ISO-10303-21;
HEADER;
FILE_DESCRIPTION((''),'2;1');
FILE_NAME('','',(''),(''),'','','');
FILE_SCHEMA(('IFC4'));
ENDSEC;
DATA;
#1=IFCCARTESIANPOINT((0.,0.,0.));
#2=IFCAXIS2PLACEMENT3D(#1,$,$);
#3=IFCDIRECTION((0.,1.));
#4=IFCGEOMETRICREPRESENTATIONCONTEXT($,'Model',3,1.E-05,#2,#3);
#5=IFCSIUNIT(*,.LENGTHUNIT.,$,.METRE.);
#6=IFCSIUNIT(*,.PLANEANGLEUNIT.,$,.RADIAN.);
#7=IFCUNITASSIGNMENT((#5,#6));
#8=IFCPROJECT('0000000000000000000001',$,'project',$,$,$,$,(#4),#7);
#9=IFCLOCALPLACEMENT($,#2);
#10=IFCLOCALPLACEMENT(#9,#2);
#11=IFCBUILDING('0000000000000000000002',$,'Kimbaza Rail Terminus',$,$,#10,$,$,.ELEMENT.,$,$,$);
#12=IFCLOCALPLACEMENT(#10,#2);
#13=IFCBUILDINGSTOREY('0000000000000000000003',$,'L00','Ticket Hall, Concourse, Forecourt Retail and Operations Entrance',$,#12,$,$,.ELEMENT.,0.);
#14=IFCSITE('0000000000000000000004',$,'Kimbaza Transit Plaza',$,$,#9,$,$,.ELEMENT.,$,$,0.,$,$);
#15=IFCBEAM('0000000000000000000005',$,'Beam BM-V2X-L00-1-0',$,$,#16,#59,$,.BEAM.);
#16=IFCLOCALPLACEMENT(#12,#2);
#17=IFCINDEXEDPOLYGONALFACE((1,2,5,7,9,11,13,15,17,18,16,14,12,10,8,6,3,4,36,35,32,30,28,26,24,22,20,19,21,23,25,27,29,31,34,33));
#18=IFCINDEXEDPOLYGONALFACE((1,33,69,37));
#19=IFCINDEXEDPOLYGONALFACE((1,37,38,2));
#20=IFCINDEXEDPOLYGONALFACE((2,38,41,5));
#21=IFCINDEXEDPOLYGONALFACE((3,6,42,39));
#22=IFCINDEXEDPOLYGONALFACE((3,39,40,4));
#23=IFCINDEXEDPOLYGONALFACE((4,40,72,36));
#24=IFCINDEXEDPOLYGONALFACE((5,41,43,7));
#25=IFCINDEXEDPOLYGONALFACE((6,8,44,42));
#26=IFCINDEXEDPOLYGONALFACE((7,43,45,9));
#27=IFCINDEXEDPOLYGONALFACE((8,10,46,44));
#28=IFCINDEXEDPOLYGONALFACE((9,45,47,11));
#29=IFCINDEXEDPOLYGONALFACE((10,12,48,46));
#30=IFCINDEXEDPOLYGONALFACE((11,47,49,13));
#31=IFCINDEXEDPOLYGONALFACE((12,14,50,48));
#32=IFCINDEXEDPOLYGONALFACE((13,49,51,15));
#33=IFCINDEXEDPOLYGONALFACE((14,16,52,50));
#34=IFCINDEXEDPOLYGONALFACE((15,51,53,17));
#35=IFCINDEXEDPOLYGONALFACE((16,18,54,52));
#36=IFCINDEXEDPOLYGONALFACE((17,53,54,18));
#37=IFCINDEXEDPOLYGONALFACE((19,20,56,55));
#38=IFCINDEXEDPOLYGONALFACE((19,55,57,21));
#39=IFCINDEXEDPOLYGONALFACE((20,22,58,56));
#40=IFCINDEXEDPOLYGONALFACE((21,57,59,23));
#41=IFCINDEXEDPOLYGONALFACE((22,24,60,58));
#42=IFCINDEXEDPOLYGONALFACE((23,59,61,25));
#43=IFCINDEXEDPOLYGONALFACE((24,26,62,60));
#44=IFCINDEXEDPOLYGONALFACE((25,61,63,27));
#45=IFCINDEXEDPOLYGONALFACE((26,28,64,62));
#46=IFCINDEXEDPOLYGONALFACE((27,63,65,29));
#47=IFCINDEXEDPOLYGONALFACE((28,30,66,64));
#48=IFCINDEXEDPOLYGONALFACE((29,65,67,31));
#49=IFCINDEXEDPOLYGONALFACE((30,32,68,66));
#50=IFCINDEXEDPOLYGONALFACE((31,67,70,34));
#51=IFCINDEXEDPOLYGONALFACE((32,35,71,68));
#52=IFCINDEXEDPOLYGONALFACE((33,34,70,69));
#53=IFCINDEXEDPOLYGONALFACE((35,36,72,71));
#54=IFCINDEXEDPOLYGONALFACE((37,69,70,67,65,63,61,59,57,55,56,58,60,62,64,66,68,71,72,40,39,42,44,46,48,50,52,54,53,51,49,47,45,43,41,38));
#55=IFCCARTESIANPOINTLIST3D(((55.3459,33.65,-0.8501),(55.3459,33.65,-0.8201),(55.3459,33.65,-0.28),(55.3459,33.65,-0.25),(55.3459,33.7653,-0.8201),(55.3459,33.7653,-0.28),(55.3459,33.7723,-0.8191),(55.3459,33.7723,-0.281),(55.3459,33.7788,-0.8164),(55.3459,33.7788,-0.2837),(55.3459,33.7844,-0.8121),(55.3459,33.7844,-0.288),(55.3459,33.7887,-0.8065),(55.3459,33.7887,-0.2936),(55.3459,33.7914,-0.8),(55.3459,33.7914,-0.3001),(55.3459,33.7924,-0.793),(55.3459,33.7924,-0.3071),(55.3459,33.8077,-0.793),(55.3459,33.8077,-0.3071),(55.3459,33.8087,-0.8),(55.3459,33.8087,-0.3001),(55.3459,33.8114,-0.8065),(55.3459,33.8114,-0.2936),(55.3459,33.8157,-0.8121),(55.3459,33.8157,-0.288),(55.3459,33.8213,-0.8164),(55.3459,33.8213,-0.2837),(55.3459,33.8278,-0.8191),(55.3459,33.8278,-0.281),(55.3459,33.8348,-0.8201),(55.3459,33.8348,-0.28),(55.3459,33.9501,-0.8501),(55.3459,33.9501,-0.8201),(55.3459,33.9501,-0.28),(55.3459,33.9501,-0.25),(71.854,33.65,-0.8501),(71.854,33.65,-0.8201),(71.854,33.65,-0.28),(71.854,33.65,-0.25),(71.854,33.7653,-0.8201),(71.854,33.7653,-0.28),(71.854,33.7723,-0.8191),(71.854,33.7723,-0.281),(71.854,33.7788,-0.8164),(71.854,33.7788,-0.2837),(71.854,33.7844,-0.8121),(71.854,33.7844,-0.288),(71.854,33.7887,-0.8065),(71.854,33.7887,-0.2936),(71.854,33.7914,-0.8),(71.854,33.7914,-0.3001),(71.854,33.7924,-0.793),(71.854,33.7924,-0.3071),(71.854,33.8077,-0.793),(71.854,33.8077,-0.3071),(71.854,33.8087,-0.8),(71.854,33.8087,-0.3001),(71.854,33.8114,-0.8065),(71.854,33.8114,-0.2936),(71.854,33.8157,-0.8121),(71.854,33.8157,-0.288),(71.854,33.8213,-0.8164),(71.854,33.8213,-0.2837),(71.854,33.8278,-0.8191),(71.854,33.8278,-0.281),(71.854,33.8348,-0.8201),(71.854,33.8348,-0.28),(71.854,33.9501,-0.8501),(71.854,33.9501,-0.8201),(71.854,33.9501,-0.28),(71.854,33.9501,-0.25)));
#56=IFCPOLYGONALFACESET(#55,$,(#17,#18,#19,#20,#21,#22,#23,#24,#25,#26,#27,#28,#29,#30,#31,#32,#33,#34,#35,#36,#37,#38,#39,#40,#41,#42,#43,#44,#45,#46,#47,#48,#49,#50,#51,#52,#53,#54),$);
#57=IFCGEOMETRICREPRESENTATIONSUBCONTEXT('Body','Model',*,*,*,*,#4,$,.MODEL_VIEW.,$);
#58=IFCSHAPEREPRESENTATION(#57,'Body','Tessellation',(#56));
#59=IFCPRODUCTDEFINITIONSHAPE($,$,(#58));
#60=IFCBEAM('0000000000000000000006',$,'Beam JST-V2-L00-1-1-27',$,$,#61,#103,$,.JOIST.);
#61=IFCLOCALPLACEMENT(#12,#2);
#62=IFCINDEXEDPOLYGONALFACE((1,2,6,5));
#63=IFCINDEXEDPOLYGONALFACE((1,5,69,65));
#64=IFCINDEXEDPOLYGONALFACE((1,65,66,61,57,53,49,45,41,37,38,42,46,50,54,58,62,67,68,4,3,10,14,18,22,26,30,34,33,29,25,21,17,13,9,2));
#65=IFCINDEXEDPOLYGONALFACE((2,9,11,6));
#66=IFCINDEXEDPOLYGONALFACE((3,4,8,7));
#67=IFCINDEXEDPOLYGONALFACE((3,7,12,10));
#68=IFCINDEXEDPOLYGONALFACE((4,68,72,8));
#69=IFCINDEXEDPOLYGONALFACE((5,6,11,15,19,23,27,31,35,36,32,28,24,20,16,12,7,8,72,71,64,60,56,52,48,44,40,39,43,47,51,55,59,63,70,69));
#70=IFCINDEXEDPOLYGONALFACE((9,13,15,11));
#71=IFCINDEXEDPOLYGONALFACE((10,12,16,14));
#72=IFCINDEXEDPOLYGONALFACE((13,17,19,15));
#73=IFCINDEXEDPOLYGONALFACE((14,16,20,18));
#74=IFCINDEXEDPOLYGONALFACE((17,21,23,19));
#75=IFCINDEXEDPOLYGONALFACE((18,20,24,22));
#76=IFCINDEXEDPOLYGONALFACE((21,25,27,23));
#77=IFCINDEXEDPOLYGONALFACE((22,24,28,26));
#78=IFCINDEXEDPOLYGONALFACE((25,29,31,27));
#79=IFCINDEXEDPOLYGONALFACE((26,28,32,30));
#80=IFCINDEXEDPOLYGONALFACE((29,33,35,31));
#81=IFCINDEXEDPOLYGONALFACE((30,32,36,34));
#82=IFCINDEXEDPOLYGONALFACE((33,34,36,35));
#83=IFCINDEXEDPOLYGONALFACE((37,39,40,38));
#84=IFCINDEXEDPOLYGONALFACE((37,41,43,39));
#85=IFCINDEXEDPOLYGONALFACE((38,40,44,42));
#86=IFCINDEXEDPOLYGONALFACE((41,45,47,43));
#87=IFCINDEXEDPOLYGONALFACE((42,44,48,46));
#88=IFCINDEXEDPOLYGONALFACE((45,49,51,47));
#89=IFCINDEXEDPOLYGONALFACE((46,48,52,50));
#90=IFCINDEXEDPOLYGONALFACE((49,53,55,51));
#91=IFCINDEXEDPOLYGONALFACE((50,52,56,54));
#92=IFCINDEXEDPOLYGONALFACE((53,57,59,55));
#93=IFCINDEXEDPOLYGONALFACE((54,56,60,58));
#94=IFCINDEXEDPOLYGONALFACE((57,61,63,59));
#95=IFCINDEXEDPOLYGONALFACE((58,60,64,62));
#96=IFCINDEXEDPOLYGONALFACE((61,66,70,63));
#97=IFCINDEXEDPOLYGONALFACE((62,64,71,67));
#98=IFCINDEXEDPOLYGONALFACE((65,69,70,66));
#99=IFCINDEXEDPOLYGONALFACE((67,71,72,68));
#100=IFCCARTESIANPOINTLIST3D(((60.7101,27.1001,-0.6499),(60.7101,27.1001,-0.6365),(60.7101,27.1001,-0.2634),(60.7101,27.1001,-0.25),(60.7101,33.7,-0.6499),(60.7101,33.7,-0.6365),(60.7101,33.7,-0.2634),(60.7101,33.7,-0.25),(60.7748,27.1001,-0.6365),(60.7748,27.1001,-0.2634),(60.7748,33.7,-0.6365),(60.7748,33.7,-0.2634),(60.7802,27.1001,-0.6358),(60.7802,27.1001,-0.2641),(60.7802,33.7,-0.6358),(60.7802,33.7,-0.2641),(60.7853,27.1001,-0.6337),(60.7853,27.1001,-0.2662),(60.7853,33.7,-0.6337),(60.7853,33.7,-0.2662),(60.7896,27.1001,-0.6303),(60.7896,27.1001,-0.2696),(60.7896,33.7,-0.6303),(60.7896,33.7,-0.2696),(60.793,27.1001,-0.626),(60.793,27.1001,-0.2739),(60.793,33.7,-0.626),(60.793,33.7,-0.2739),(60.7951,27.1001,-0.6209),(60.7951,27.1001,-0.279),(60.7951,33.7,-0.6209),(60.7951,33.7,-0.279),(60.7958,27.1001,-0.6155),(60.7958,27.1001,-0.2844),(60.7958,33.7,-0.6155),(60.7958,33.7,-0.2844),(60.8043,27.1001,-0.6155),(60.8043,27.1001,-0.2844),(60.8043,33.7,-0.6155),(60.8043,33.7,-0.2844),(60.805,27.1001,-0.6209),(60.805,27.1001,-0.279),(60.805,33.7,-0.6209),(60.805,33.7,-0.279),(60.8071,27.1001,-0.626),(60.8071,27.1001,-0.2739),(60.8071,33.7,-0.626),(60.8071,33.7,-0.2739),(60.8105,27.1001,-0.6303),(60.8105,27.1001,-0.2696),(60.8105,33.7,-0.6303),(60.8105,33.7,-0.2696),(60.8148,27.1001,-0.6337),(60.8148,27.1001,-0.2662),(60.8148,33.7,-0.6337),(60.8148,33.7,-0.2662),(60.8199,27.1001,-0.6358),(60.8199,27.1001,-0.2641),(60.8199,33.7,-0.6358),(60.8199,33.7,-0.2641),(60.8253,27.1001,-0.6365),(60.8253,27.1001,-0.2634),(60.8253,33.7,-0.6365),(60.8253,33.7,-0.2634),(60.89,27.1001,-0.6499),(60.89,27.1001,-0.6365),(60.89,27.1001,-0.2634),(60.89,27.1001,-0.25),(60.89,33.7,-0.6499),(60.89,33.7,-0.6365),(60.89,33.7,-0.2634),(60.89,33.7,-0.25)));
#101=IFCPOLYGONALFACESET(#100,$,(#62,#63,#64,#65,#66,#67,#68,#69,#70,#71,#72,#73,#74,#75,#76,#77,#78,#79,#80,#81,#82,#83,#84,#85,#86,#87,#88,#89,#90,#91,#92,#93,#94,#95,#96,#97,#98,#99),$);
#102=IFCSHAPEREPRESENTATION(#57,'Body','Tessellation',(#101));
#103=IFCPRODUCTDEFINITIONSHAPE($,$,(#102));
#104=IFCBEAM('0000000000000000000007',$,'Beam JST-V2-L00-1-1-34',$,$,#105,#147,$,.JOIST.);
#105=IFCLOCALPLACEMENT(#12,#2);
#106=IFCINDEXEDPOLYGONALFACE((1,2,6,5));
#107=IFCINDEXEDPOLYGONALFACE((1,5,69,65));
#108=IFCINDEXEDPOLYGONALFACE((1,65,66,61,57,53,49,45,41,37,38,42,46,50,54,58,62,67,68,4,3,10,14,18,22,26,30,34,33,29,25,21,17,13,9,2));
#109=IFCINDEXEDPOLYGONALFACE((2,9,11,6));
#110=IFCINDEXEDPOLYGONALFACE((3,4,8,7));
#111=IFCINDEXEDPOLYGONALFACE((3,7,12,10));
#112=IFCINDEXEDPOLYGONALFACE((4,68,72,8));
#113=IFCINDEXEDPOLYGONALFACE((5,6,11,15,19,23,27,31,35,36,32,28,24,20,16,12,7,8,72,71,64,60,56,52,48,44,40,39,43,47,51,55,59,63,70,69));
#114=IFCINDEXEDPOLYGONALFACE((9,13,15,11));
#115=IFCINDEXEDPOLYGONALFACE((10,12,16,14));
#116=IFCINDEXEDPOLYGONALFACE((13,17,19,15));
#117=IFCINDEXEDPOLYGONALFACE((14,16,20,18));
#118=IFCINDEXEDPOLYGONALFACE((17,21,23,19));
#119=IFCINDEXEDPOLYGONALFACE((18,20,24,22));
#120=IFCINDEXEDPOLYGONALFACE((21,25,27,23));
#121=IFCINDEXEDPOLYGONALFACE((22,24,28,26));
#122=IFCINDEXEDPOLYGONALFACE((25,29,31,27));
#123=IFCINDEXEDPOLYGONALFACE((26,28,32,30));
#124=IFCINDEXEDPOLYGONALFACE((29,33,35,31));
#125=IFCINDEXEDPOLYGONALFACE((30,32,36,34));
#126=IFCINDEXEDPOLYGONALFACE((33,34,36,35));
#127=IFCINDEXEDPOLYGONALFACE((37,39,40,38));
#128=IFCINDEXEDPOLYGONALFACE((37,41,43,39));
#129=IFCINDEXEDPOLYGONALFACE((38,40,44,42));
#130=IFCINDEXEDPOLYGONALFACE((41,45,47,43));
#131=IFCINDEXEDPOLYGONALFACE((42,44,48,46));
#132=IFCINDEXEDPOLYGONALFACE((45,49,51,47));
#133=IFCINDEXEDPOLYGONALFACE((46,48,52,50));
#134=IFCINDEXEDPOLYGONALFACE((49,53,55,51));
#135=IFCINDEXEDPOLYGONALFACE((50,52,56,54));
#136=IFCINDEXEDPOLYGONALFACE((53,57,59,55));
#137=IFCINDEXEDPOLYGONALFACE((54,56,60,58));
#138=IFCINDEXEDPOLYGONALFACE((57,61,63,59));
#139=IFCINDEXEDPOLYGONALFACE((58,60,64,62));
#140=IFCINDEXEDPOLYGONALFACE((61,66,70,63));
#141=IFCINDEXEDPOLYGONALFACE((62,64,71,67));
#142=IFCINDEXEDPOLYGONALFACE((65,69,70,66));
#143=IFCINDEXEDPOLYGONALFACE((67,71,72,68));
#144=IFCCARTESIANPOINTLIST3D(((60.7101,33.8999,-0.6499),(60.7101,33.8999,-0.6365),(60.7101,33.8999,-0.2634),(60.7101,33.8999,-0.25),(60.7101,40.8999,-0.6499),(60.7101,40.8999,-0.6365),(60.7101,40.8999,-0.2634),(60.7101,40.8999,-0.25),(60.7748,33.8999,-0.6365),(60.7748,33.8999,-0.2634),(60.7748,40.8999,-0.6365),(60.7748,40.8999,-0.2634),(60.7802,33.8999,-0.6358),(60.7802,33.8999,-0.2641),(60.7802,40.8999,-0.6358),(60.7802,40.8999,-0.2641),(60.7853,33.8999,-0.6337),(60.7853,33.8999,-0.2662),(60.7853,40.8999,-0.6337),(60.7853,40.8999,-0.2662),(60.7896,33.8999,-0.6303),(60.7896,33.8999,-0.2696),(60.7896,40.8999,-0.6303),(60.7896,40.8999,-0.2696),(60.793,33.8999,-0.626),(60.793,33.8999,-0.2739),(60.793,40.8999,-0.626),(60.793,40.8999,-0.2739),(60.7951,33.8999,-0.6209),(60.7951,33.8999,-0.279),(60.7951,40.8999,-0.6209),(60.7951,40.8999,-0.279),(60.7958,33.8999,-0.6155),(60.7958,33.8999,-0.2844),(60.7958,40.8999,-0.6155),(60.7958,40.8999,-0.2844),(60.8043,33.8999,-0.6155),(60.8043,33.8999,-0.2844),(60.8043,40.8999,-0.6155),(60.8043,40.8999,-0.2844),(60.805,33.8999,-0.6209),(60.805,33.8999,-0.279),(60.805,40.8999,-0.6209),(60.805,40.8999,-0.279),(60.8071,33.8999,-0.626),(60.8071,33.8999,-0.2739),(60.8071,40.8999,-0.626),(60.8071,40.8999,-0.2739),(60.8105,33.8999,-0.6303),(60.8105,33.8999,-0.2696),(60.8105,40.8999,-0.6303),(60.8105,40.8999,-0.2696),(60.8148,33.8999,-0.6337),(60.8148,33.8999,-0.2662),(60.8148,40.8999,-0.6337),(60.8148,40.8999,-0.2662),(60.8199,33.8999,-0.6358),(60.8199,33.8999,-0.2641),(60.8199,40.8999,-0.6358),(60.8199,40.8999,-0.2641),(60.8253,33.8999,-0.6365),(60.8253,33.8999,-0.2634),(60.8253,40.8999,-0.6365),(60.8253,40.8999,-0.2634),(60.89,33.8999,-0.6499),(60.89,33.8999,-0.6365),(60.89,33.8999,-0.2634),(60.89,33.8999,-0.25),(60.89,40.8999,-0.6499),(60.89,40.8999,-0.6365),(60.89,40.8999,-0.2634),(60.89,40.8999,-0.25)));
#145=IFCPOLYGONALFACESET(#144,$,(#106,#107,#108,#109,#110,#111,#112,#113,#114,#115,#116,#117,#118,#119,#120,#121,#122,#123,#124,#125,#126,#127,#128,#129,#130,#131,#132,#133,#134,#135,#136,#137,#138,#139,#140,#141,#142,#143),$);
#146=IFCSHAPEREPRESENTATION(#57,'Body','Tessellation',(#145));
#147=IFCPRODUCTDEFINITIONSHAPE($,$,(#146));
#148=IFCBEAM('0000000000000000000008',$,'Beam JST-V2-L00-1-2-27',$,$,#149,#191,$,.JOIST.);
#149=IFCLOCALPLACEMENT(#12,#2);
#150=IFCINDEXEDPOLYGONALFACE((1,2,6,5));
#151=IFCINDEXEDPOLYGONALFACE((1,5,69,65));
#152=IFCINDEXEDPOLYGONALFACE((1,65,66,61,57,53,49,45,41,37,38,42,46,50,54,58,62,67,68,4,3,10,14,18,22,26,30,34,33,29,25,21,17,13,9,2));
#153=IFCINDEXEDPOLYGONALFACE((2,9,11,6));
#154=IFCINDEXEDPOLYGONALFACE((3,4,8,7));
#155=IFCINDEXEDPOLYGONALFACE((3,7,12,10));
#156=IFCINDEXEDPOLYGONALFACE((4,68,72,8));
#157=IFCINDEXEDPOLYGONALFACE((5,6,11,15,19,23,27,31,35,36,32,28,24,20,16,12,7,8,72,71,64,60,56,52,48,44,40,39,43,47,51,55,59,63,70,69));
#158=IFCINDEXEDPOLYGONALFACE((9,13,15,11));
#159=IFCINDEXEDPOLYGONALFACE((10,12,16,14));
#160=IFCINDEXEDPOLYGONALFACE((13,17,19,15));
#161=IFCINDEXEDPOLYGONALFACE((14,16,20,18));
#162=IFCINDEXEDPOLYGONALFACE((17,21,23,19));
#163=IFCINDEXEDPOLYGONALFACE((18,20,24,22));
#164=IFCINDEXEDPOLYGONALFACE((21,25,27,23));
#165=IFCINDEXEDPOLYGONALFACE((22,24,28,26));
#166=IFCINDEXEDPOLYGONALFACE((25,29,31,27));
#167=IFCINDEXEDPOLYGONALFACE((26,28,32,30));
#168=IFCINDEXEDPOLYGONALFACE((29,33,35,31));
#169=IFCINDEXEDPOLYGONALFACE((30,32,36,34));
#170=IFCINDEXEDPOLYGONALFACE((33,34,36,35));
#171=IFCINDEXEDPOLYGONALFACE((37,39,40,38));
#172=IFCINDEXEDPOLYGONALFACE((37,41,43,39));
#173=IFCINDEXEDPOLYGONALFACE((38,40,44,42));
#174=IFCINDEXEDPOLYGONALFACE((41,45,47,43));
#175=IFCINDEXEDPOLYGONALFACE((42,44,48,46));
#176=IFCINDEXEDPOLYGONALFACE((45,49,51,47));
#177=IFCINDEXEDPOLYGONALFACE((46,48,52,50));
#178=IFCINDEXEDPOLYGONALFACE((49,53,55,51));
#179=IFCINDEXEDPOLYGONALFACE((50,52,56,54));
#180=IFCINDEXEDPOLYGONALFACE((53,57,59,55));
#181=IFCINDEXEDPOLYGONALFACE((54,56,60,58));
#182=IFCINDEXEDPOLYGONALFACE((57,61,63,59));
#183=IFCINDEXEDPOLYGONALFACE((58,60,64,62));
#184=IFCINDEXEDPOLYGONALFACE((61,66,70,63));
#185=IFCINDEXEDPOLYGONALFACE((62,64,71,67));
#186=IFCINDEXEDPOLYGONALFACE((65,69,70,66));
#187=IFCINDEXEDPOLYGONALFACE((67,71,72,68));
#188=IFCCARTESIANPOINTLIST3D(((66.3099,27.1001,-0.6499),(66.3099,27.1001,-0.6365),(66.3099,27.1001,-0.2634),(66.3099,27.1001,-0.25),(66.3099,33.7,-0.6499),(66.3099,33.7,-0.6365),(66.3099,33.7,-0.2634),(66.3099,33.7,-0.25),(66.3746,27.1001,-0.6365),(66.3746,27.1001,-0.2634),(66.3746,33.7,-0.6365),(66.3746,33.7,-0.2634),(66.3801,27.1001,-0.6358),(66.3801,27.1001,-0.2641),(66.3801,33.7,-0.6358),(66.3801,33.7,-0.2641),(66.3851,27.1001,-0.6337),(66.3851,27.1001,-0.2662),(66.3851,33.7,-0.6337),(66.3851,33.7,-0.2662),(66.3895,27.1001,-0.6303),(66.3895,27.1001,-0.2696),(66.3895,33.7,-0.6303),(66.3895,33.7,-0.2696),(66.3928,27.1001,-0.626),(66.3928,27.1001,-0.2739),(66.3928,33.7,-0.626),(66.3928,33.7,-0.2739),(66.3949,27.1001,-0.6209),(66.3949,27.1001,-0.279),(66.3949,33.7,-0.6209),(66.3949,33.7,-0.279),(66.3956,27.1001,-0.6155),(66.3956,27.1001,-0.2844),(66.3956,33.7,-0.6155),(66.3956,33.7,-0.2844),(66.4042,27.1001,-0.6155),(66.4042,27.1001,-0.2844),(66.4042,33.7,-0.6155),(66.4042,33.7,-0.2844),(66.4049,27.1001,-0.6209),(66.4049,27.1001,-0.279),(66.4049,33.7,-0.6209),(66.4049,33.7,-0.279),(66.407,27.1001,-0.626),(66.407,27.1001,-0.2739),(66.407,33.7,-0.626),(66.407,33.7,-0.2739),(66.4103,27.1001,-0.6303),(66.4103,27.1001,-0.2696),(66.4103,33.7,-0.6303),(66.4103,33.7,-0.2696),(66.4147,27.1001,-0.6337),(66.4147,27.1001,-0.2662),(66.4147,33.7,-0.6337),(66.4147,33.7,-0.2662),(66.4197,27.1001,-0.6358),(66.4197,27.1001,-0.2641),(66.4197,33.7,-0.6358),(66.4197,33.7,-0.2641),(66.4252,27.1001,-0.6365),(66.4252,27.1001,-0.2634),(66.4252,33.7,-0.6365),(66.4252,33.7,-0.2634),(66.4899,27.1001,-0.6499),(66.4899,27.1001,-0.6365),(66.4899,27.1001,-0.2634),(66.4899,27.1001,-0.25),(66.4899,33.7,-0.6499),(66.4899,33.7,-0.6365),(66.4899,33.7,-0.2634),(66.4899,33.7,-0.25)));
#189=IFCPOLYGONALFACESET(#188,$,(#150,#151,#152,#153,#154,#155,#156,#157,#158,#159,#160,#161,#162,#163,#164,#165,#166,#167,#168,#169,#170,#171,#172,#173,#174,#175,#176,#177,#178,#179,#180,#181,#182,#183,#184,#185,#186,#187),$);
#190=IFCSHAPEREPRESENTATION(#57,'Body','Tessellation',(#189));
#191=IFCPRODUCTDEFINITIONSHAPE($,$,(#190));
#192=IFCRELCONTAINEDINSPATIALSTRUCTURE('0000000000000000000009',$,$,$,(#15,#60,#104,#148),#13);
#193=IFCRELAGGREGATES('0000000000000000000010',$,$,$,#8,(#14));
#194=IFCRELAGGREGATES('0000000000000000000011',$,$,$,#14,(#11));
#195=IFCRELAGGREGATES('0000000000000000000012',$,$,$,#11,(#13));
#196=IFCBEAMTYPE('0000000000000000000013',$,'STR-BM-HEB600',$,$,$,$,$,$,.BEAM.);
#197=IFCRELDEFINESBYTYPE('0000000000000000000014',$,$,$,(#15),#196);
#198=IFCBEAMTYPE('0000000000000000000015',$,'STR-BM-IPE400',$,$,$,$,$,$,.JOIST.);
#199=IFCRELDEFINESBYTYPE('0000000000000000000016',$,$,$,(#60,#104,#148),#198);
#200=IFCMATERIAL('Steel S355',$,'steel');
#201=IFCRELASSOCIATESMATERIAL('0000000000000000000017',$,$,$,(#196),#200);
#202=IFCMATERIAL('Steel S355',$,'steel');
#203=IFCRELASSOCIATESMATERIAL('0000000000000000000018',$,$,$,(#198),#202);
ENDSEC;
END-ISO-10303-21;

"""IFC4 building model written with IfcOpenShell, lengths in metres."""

from ifc_helpers import new_model, si_unit, direction, frame, origin, origin_2d, place, context, subcontext, project, spatial, i_section, extrude, material, material_profile, profile_set, type_object, element, save


model = new_model("IFC4")

# Units and contexts
model_context = context("Model", 3, precision=1e-05, world=origin(), true_north=direction((0.0, 1.0)))
body_context = subcontext(model_context, "Body", "Model", "MODEL_VIEW")
ifc_project = project(units=[si_unit("LENGTHUNIT", "METRE"), si_unit("PLANEANGLEUNIT", "RADIAN")], contexts=[model_context])

# Site, building, storey
site_placement = place(None, origin())
site = spatial("IfcSite", under=ifc_project, at=site_placement, Name="Kimbaza Transit Plaza", CompositionType="ELEMENT", RefElevation=0.0)
building_placement = place(site_placement, origin())
building = spatial("IfcBuilding", under=site, at=building_placement, Name="Kimbaza Rail Terminus", CompositionType="ELEMENT")
storey_placement = place(building_placement, origin())
storey = spatial("IfcBuildingStorey", under=building, at=storey_placement, Name="L00", Description="Ticket Hall, Concourse, Forecourt Retail and Operations Entrance", CompositionType="ELEMENT", Elevation=0.0)

# Beams
ifc_material_1 = material(Name="Steel S355", Category="steel")
ifc_material_profile_1 = material_profile(ifc_material_1, i_section(OverallWidth=0.3, OverallDepth=0.6001, WebThickness=0.0154, FlangeThickness=0.03, FilletRadius=0.0271, at=origin_2d()), Name="HEB 600")
ifc_profile_set_1 = profile_set([ifc_material_profile_1], Name="Steel S355")
beam_type_1 = type_object("IfcBeamType", Name="STR-BM-HEB600", PredefinedType="BEAM", material=ifc_profile_set_1)
for number, where, z_axis, x_axis, name in (
    (1, (55.3459, 33.8, -0.55), (1.0, 0.0, 0.0), (0.0, 1.0, 0.0), "Beam BM-V2X-L00-1-0"),
):
    element("IfcBeam", number, at=place(storey_placement, frame(where, z_axis=z_axis, x_axis=x_axis)), inside=storey, type_object=beam_type_1, Name=name, PredefinedType="BEAM", context=body_context, shape_type="SweptSolid", body=[
        extrude(i_section(OverallWidth=0.3, OverallDepth=0.6001, WebThickness=0.0154, FlangeThickness=0.03, FilletRadius=0.0271, at=origin_2d()), origin(), (0.0, 0.0, 1.0), 16.5081),
    ])
ifc_material_2 = material(Name="Steel S355", Category="steel")
ifc_material_profile_2 = material_profile(ifc_material_2, i_section(OverallWidth=0.1799, OverallDepth=0.3999, WebThickness=0.0085, FlangeThickness=0.0134, FilletRadius=0.021, at=origin_2d()), Name="IPE 400")
ifc_profile_set_2 = profile_set([ifc_material_profile_2], Name="Steel S355")
beam_type_2 = type_object("IfcBeamType", Name="STR-BM-IPE400", PredefinedType="JOIST", material=ifc_profile_set_2)
beam_1_placement = place(storey_placement, frame((60.8, 27.1001, -0.45), z_axis=(0.0, 1.0, 0.0), x_axis=(-1.0, 0.0, 0.0)))
element("IfcBeam", 2, at=beam_1_placement, inside=storey, type_object=beam_type_2, Name="Beam JST-V2-L00-1-1-27", PredefinedType="JOIST", context=body_context, shape_type="SweptSolid", body=[
    extrude(i_section(OverallWidth=0.1799, OverallDepth=0.3999, WebThickness=0.0085, FlangeThickness=0.0134, FilletRadius=0.021, at=origin_2d()), origin(), (0.0, 0.0, 1.0), 6.5999),
])
beam_2_placement = place(storey_placement, frame((60.8, 33.8999, -0.45), z_axis=(0.0, 1.0, 0.0), x_axis=(-1.0, 0.0, 0.0)))
element("IfcBeam", 3, at=beam_2_placement, inside=storey, type_object=beam_type_2, Name="Beam JST-V2-L00-1-1-34", PredefinedType="JOIST", context=body_context, shape_type="SweptSolid", body=[
    extrude(i_section(OverallWidth=0.1799, OverallDepth=0.3999, WebThickness=0.0085, FlangeThickness=0.0134, FilletRadius=0.021, at=origin_2d()), origin(), (0.0, 0.0, 1.0), 7.0),
])
beam_3_placement = place(storey_placement, frame((66.3999, 27.1001, -0.45), z_axis=(0.0, 1.0, 0.0), x_axis=(-1.0, 0.0, 0.0)))
element("IfcBeam", 4, at=beam_3_placement, inside=storey, type_object=beam_type_2, Name="Beam JST-V2-L00-1-2-27", PredefinedType="JOIST", context=body_context, shape_type="SweptSolid", body=[
    extrude(i_section(OverallWidth=0.1799, OverallDepth=0.3999, WebThickness=0.0085, FlangeThickness=0.0134, FilletRadius=0.021, at=origin_2d()), origin(), (0.0, 0.0, 1.0), 6.5999),
])

save(model, "model.ifc")
